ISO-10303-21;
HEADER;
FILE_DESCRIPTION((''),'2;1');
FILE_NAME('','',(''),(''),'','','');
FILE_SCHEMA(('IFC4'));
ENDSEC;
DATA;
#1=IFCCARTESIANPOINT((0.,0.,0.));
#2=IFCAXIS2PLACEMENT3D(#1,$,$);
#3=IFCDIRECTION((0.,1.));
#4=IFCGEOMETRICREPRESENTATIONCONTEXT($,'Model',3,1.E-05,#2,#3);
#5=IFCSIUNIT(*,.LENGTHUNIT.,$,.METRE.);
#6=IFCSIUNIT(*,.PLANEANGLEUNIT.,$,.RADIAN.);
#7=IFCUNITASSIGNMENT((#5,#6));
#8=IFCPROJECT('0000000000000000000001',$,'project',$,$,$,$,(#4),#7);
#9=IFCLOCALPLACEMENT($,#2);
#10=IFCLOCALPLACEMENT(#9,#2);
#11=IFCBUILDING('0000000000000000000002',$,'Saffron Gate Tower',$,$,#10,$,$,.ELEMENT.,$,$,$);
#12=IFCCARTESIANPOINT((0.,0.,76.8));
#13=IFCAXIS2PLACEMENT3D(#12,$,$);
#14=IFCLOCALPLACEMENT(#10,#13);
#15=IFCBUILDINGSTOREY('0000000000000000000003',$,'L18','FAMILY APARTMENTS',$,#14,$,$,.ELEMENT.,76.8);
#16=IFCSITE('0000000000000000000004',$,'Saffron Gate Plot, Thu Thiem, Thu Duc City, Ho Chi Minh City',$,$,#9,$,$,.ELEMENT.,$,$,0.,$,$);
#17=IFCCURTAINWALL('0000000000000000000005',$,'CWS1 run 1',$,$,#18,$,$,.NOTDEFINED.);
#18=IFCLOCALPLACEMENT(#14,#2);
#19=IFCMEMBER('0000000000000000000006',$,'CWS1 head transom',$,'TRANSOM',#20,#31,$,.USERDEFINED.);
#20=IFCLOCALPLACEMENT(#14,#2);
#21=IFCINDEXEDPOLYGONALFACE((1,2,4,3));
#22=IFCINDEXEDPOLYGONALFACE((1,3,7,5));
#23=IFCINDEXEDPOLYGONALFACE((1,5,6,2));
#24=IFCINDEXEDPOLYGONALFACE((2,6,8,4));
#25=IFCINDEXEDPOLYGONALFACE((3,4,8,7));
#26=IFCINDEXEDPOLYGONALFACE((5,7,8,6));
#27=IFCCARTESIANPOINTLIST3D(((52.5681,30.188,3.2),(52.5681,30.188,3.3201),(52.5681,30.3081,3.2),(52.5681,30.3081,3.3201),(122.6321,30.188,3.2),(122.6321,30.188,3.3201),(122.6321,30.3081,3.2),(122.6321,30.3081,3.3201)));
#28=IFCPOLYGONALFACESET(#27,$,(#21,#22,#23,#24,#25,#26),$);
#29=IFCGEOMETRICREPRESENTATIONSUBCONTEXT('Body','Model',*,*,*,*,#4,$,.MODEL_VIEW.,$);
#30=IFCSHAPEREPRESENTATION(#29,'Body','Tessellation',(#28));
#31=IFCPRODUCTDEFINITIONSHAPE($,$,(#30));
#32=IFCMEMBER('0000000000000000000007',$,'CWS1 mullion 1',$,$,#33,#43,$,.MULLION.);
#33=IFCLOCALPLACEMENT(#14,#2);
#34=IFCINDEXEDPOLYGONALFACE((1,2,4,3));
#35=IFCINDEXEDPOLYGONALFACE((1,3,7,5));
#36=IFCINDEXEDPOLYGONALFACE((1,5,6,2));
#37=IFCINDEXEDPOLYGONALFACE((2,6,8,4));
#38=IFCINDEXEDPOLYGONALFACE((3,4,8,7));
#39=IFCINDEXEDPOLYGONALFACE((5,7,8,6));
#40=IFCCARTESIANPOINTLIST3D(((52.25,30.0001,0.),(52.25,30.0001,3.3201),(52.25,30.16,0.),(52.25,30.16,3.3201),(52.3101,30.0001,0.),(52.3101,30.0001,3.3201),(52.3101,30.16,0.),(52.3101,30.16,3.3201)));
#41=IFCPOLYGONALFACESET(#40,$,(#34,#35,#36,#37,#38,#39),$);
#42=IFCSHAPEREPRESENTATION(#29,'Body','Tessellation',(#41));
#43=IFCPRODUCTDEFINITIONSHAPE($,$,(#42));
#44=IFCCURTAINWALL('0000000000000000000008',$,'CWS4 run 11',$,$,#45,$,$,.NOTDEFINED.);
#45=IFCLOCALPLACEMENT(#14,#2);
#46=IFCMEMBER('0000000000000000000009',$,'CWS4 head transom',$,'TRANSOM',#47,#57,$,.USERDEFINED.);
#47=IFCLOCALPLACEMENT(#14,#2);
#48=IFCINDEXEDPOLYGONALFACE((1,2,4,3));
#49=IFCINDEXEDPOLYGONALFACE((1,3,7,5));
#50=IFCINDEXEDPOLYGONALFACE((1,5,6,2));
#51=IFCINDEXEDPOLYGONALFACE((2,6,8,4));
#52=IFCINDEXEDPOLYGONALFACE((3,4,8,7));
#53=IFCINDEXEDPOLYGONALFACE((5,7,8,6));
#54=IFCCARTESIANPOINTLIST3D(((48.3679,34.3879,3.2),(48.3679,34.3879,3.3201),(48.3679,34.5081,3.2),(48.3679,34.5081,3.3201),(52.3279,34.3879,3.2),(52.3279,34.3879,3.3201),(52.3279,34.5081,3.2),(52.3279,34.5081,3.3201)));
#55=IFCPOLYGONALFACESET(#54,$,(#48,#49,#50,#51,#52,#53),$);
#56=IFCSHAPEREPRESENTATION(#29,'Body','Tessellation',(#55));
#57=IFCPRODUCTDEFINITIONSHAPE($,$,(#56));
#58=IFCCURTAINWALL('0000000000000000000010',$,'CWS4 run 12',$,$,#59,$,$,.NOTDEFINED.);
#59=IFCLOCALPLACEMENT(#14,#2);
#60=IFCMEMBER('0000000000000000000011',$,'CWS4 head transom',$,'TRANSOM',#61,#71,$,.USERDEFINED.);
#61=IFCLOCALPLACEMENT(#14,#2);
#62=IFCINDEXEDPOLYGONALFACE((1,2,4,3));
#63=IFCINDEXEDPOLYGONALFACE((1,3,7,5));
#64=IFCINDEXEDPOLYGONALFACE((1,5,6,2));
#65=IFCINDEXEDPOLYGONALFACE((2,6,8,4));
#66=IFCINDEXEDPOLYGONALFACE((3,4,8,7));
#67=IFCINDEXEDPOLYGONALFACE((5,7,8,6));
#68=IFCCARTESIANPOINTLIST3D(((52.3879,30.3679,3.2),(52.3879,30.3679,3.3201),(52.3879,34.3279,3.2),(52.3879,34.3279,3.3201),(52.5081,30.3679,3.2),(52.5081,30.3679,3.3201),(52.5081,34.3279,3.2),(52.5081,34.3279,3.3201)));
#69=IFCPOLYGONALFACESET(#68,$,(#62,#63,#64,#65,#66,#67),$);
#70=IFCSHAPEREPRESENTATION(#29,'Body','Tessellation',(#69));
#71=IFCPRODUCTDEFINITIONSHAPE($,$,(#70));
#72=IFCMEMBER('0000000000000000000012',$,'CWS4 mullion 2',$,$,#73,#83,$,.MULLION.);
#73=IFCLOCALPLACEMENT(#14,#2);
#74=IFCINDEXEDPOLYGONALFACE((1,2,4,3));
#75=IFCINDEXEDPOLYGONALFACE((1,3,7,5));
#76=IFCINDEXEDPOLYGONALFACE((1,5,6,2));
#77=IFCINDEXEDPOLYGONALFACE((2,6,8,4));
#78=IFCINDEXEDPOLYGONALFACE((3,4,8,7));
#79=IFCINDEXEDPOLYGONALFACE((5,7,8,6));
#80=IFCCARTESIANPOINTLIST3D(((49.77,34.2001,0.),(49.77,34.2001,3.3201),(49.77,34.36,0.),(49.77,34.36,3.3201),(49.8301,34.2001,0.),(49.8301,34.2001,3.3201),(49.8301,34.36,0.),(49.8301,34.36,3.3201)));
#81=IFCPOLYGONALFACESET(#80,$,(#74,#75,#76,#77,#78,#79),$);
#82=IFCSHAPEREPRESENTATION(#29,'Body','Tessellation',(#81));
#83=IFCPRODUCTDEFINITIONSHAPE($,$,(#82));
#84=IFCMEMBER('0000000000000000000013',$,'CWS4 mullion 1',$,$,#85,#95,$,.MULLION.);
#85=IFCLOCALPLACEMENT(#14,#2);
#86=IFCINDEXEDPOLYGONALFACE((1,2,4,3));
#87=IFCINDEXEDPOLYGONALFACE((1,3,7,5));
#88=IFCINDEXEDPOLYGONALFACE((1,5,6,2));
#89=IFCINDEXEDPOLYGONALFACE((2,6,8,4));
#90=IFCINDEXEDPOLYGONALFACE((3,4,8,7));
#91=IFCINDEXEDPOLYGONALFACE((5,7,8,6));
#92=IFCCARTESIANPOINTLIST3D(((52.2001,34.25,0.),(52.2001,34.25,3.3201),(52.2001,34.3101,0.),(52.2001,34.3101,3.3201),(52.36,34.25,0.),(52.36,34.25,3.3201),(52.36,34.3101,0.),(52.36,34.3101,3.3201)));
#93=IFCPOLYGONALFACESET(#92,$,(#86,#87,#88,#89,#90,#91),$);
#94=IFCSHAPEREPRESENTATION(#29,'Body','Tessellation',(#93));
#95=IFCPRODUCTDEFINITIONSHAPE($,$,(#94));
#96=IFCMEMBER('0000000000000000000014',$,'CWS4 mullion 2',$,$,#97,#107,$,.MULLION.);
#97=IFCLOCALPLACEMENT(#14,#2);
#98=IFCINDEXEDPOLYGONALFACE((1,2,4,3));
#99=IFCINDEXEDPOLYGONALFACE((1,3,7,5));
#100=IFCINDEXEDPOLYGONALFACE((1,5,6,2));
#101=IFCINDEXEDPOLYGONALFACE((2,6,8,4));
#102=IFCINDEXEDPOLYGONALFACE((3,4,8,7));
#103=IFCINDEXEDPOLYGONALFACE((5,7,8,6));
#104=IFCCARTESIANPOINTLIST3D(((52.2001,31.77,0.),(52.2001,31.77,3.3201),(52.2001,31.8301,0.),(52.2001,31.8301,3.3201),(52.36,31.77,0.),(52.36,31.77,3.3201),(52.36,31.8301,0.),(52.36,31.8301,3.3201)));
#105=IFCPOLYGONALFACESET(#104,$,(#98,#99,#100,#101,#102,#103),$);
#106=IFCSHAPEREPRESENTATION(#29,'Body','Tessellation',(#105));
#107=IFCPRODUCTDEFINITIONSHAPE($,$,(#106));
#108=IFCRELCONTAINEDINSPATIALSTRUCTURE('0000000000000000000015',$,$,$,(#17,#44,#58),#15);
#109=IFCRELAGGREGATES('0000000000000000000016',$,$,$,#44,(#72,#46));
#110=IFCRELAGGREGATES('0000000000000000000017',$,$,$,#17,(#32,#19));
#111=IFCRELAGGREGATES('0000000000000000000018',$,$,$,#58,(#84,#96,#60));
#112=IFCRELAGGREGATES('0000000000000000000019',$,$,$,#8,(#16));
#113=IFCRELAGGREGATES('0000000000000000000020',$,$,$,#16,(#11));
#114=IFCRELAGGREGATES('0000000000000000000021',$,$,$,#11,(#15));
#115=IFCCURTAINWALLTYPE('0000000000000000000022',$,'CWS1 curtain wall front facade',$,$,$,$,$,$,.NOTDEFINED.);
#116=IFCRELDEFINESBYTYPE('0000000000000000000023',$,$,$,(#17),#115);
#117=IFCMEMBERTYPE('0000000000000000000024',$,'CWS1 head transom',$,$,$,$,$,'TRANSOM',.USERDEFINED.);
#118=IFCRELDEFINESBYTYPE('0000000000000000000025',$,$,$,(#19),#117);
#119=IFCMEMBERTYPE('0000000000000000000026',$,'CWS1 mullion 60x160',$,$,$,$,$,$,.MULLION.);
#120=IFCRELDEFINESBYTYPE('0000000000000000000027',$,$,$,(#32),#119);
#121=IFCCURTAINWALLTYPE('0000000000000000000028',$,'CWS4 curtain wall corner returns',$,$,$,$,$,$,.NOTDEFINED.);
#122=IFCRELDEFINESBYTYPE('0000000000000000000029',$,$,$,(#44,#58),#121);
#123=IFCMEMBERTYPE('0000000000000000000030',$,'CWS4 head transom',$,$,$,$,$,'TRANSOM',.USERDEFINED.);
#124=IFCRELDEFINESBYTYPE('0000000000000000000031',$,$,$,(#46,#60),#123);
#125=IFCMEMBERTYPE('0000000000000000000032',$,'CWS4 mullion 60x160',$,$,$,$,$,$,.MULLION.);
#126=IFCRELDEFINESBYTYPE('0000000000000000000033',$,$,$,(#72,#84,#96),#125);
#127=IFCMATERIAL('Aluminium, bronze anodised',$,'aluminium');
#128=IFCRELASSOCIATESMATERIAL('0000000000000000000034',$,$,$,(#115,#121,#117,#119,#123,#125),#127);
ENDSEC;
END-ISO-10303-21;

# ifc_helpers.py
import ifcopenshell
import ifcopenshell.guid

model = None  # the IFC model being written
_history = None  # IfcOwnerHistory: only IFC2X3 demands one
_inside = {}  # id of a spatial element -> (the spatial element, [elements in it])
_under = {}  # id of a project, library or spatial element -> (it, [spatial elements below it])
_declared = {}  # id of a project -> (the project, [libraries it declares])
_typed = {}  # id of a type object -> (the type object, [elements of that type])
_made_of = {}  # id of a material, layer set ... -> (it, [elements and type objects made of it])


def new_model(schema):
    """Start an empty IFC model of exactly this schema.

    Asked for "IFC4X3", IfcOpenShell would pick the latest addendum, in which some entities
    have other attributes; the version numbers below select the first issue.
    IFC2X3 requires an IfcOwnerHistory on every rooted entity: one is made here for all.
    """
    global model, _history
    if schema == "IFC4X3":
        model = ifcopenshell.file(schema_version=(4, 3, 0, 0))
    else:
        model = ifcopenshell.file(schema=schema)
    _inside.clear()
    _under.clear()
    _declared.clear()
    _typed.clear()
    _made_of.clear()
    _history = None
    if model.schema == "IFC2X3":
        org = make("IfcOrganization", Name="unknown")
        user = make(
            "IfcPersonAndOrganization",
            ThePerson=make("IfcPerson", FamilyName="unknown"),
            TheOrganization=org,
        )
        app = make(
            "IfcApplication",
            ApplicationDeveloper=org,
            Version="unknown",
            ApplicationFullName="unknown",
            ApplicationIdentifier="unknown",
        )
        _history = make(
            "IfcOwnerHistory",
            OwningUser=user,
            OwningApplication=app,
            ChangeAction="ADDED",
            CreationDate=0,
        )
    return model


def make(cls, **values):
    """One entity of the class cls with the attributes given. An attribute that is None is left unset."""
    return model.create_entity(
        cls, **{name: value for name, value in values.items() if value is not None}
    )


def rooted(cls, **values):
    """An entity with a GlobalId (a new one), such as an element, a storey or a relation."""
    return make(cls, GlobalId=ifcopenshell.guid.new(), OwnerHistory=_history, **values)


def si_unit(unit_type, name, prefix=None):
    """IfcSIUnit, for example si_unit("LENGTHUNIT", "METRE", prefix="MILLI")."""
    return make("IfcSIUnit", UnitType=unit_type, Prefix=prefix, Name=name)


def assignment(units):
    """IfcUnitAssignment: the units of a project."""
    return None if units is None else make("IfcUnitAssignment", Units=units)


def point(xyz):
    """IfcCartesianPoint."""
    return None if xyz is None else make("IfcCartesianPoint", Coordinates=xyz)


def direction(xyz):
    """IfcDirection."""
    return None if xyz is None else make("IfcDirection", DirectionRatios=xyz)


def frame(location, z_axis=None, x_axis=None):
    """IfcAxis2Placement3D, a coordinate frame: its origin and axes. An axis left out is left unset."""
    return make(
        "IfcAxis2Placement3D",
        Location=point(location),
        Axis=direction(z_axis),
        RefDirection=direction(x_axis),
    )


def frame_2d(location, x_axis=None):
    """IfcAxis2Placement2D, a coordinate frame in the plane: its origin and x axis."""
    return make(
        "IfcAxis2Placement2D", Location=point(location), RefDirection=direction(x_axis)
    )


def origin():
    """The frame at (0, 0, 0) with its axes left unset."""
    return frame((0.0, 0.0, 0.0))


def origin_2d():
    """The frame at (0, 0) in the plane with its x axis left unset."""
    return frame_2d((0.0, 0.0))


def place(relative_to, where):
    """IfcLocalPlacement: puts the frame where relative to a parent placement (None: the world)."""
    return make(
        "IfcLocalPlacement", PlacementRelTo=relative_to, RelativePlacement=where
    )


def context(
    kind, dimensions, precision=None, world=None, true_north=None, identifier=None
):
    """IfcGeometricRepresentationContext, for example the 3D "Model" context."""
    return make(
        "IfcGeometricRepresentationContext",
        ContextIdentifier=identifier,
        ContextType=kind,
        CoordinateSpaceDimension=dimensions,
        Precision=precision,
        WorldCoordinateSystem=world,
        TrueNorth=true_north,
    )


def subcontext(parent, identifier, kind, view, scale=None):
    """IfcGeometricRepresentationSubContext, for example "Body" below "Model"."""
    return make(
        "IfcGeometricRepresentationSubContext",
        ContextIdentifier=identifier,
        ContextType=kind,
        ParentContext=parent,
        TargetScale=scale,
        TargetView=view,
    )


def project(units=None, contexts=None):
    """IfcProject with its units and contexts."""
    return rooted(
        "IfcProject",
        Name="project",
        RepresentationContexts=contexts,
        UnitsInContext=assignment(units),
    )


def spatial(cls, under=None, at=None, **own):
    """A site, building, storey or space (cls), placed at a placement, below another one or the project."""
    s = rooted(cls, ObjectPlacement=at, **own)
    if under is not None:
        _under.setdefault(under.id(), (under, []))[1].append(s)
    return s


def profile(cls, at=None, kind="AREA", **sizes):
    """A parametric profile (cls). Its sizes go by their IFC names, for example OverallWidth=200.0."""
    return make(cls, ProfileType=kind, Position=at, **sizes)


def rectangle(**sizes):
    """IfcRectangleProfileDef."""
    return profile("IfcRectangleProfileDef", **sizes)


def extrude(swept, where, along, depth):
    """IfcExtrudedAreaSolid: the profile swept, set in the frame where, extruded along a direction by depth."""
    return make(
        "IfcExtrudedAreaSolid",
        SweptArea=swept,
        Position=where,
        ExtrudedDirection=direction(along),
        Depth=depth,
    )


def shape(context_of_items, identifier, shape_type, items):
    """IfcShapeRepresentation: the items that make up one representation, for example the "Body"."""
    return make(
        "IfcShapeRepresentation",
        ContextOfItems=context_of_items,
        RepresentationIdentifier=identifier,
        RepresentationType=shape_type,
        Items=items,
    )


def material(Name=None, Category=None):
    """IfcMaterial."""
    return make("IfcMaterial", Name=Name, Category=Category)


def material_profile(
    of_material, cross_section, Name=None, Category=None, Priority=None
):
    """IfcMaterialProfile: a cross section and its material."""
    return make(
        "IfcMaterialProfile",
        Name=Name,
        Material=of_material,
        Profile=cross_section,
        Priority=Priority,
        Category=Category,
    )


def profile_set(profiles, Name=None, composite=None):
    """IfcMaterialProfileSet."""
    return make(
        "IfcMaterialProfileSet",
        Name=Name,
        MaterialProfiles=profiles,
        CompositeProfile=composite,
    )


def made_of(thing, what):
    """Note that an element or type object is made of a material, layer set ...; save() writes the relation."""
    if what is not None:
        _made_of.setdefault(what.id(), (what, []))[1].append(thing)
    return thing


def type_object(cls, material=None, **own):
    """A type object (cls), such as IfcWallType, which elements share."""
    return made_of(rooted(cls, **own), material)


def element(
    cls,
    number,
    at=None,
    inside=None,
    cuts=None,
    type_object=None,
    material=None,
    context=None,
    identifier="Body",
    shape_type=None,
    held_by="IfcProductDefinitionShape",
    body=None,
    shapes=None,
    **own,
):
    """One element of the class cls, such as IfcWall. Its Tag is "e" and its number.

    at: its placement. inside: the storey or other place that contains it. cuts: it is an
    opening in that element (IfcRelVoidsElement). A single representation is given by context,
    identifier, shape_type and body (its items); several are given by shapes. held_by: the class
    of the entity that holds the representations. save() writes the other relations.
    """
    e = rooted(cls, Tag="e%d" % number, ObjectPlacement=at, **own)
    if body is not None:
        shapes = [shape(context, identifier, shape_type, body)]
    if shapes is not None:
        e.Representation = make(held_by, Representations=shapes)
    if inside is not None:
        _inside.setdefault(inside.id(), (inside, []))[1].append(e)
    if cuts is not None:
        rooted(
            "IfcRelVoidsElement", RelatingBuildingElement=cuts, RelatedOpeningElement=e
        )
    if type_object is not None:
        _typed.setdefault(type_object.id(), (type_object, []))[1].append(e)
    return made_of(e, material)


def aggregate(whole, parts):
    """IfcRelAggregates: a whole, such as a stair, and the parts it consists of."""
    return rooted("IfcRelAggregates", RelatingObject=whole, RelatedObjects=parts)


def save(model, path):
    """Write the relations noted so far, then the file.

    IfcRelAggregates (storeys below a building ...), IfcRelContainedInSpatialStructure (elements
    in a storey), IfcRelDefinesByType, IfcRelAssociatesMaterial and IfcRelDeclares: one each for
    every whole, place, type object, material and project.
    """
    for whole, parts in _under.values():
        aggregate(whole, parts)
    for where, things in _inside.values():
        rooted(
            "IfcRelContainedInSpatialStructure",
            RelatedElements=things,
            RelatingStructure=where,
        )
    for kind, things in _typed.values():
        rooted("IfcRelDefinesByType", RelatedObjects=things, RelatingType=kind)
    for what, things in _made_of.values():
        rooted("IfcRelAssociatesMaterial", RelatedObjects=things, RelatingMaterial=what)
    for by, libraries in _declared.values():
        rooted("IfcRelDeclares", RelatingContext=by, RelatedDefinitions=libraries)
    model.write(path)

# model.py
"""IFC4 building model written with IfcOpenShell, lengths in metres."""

from ifc_helpers import new_model, si_unit, direction, frame, origin, origin_2d, place, context, subcontext, project, spatial, rectangle, extrude, material, material_profile, profile_set, type_object, element, aggregate, save


model = new_model("IFC4")

# Units and contexts
model_context = context("Model", 3, precision=1e-05, world=origin(), true_north=direction((0.0, 1.0)))
body_context = subcontext(model_context, "Body", "Model", "MODEL_VIEW")
ifc_project = project(units=[si_unit("LENGTHUNIT", "METRE"), si_unit("PLANEANGLEUNIT", "RADIAN")], contexts=[model_context])

# Site, building, storey
site_placement = place(None, origin())
site = spatial("IfcSite", under=ifc_project, at=site_placement, Name="Saffron Gate Plot, Thu Thiem, Thu Duc City, Ho Chi Minh City", CompositionType="ELEMENT", RefElevation=0.0)
building_placement = place(site_placement, origin())
building = spatial("IfcBuilding", under=site, at=building_placement, Name="Saffron Gate Tower", CompositionType="ELEMENT")
storey_placement = place(building_placement, frame((0.0, 0.0, 76.8)))
storey = spatial("IfcBuildingStorey", under=building, at=storey_placement, Name="L18", Description="FAMILY APARTMENTS", CompositionType="ELEMENT", Elevation=76.8)

# Curtain wall, members
ifc_material_1 = material(Name="Aluminium, bronze anodised", Category="aluminium")
curtain_wall_type_1 = type_object("IfcCurtainWallType", Name="CWS1 curtain wall front facade", PredefinedType="NOTDEFINED", material=ifc_material_1)
curtain_wall_1_placement = place(storey_placement, origin())
curtain_wall_1 = element("IfcCurtainWall", 1, at=curtain_wall_1_placement, inside=storey, type_object=curtain_wall_type_1, Name="CWS1 run 1", PredefinedType="NOTDEFINED")
ifc_material_profile_1 = material_profile(ifc_material_1, rectangle(XDim=0.1201, YDim=0.1201, at=origin_2d()))
ifc_profile_set_1 = profile_set([ifc_material_profile_1], Name="Aluminium, bronze anodised")
member_type_1 = type_object("IfcMemberType", Name="CWS1 head transom", ElementType="TRANSOM", PredefinedType="USERDEFINED", material=ifc_profile_set_1)
member_1_placement = place(storey_placement, frame((52.5681, 30.248, 3.26), z_axis=(1.0, 0.0, 0.0), x_axis=(0.0, 1.0, 0.0)))
member_1 = element("IfcMember", 2, at=member_1_placement, type_object=member_type_1, Name="CWS1 head transom", ObjectType="TRANSOM", PredefinedType="USERDEFINED", context=body_context, shape_type="SweptSolid", body=[
    extrude(rectangle(XDim=0.1201, YDim=0.1201, at=origin_2d()), origin(), (0.0, 0.0, 1.0), 70.064),
])
ifc_material_profile_2 = material_profile(ifc_material_1, rectangle(XDim=0.1599, YDim=0.0601, at=origin_2d()))
ifc_profile_set_2 = profile_set([ifc_material_profile_2], Name="Aluminium, bronze anodised")
member_type_2 = type_object("IfcMemberType", Name="CWS1 mullion 60x160", PredefinedType="MULLION", material=ifc_profile_set_2)
member_2_placement = place(storey_placement, frame((52.28, 30.0801, 0.0), z_axis=(0.0, 0.0, 1.0), x_axis=(0.0, 1.0, 0.0)))
member_2 = element("IfcMember", 3, at=member_2_placement, type_object=member_type_2, Name="CWS1 mullion 1", PredefinedType="MULLION", context=body_context, shape_type="SweptSolid", body=[
    extrude(rectangle(XDim=0.1599, YDim=0.0601, at=origin_2d()), origin(), (0.0, 0.0, 1.0), 3.3201),
])

# Curtain walls, members
curtain_wall_type_2 = type_object("IfcCurtainWallType", Name="CWS4 curtain wall corner returns", PredefinedType="NOTDEFINED", material=ifc_material_1)
curtain_wall_2_placement = place(storey_placement, origin())
curtain_wall_2 = element("IfcCurtainWall", 4, at=curtain_wall_2_placement, inside=storey, type_object=curtain_wall_type_2, Name="CWS4 run 11", PredefinedType="NOTDEFINED")
ifc_material_profile_3 = material_profile(ifc_material_1, rectangle(XDim=0.1201, YDim=0.1201, at=origin_2d()))
ifc_profile_set_3 = profile_set([ifc_material_profile_3], Name="Aluminium, bronze anodised")
member_type_3 = type_object("IfcMemberType", Name="CWS4 head transom", ElementType="TRANSOM", PredefinedType="USERDEFINED", material=ifc_profile_set_3)
member_3_placement = place(storey_placement, frame((48.3679, 34.448, 3.26), z_axis=(1.0, 0.0, 0.0), x_axis=(0.0, 1.0, 0.0)))
member_3 = element("IfcMember", 5, at=member_3_placement, type_object=member_type_3, Name="CWS4 head transom", ObjectType="TRANSOM", PredefinedType="USERDEFINED", context=body_context, shape_type="SweptSolid", body=[
    extrude(rectangle(XDim=0.1201, YDim=0.1201, at=origin_2d()), origin(), (0.0, 0.0, 1.0), 3.96),
])
curtain_wall_3_placement = place(storey_placement, origin())
curtain_wall_3 = element("IfcCurtainWall", 6, at=curtain_wall_3_placement, inside=storey, type_object=curtain_wall_type_2, Name="CWS4 run 12", PredefinedType="NOTDEFINED")
member_4_placement = place(storey_placement, frame((52.448, 34.3279, 3.26), z_axis=(0.0, -1.0, 0.0), x_axis=(1.0, 0.0, 0.0)))
member_4 = element("IfcMember", 7, at=member_4_placement, type_object=member_type_3, Name="CWS4 head transom", ObjectType="TRANSOM", PredefinedType="USERDEFINED", context=body_context, shape_type="SweptSolid", body=[
    extrude(rectangle(XDim=0.1201, YDim=0.1201, at=origin_2d()), origin(), (0.0, 0.0, 1.0), 3.96),
])

# Members
ifc_material_profile_4 = material_profile(ifc_material_1, rectangle(XDim=0.1599, YDim=0.0601, at=origin_2d()))
ifc_profile_set_4 = profile_set([ifc_material_profile_4], Name="Aluminium, bronze anodised")
member_type_4 = type_object("IfcMemberType", Name="CWS4 mullion 60x160", PredefinedType="MULLION", material=ifc_profile_set_4)
member_5_placement = place(storey_placement, frame((49.8, 34.28, 0.0), z_axis=(0.0, 0.0, 1.0), x_axis=(0.0, 1.0, 0.0)))
member_5 = element("IfcMember", 8, at=member_5_placement, type_object=member_type_4, Name="CWS4 mullion 2", PredefinedType="MULLION", context=body_context, shape_type="SweptSolid", body=[
    extrude(rectangle(XDim=0.1599, YDim=0.0601, at=origin_2d()), origin(), (0.0, 0.0, 1.0), 3.3201),
])
aggregate(curtain_wall_2, [member_5, member_3])
member_6_placement = place(storey_placement, frame((52.28, 34.28, 0.0), z_axis=(0.0, 0.0, 1.0), x_axis=(1.0, 0.0, 0.0)))
member_6 = element("IfcMember", 9, at=member_6_placement, type_object=member_type_4, Name="CWS4 mullion 1", PredefinedType="MULLION", context=body_context, shape_type="SweptSolid", body=[
    extrude(rectangle(XDim=0.1599, YDim=0.0601, at=origin_2d()), origin(), (0.0, 0.0, 1.0), 3.3201),
])
member_7_placement = place(storey_placement, frame((52.28, 31.8, 0.0), z_axis=(0.0, 0.0, 1.0), x_axis=(1.0, 0.0, 0.0)))
member_7 = element("IfcMember", 10, at=member_7_placement, type_object=member_type_4, Name="CWS4 mullion 2", PredefinedType="MULLION", context=body_context, shape_type="SweptSolid", body=[
    extrude(rectangle(XDim=0.1599, YDim=0.0601, at=origin_2d()), origin(), (0.0, 0.0, 1.0), 3.3201),
])

aggregate(curtain_wall_1, [member_2, member_1])

aggregate(curtain_wall_3, [member_6, member_7, member_4])

save(model, "model.ifc")
